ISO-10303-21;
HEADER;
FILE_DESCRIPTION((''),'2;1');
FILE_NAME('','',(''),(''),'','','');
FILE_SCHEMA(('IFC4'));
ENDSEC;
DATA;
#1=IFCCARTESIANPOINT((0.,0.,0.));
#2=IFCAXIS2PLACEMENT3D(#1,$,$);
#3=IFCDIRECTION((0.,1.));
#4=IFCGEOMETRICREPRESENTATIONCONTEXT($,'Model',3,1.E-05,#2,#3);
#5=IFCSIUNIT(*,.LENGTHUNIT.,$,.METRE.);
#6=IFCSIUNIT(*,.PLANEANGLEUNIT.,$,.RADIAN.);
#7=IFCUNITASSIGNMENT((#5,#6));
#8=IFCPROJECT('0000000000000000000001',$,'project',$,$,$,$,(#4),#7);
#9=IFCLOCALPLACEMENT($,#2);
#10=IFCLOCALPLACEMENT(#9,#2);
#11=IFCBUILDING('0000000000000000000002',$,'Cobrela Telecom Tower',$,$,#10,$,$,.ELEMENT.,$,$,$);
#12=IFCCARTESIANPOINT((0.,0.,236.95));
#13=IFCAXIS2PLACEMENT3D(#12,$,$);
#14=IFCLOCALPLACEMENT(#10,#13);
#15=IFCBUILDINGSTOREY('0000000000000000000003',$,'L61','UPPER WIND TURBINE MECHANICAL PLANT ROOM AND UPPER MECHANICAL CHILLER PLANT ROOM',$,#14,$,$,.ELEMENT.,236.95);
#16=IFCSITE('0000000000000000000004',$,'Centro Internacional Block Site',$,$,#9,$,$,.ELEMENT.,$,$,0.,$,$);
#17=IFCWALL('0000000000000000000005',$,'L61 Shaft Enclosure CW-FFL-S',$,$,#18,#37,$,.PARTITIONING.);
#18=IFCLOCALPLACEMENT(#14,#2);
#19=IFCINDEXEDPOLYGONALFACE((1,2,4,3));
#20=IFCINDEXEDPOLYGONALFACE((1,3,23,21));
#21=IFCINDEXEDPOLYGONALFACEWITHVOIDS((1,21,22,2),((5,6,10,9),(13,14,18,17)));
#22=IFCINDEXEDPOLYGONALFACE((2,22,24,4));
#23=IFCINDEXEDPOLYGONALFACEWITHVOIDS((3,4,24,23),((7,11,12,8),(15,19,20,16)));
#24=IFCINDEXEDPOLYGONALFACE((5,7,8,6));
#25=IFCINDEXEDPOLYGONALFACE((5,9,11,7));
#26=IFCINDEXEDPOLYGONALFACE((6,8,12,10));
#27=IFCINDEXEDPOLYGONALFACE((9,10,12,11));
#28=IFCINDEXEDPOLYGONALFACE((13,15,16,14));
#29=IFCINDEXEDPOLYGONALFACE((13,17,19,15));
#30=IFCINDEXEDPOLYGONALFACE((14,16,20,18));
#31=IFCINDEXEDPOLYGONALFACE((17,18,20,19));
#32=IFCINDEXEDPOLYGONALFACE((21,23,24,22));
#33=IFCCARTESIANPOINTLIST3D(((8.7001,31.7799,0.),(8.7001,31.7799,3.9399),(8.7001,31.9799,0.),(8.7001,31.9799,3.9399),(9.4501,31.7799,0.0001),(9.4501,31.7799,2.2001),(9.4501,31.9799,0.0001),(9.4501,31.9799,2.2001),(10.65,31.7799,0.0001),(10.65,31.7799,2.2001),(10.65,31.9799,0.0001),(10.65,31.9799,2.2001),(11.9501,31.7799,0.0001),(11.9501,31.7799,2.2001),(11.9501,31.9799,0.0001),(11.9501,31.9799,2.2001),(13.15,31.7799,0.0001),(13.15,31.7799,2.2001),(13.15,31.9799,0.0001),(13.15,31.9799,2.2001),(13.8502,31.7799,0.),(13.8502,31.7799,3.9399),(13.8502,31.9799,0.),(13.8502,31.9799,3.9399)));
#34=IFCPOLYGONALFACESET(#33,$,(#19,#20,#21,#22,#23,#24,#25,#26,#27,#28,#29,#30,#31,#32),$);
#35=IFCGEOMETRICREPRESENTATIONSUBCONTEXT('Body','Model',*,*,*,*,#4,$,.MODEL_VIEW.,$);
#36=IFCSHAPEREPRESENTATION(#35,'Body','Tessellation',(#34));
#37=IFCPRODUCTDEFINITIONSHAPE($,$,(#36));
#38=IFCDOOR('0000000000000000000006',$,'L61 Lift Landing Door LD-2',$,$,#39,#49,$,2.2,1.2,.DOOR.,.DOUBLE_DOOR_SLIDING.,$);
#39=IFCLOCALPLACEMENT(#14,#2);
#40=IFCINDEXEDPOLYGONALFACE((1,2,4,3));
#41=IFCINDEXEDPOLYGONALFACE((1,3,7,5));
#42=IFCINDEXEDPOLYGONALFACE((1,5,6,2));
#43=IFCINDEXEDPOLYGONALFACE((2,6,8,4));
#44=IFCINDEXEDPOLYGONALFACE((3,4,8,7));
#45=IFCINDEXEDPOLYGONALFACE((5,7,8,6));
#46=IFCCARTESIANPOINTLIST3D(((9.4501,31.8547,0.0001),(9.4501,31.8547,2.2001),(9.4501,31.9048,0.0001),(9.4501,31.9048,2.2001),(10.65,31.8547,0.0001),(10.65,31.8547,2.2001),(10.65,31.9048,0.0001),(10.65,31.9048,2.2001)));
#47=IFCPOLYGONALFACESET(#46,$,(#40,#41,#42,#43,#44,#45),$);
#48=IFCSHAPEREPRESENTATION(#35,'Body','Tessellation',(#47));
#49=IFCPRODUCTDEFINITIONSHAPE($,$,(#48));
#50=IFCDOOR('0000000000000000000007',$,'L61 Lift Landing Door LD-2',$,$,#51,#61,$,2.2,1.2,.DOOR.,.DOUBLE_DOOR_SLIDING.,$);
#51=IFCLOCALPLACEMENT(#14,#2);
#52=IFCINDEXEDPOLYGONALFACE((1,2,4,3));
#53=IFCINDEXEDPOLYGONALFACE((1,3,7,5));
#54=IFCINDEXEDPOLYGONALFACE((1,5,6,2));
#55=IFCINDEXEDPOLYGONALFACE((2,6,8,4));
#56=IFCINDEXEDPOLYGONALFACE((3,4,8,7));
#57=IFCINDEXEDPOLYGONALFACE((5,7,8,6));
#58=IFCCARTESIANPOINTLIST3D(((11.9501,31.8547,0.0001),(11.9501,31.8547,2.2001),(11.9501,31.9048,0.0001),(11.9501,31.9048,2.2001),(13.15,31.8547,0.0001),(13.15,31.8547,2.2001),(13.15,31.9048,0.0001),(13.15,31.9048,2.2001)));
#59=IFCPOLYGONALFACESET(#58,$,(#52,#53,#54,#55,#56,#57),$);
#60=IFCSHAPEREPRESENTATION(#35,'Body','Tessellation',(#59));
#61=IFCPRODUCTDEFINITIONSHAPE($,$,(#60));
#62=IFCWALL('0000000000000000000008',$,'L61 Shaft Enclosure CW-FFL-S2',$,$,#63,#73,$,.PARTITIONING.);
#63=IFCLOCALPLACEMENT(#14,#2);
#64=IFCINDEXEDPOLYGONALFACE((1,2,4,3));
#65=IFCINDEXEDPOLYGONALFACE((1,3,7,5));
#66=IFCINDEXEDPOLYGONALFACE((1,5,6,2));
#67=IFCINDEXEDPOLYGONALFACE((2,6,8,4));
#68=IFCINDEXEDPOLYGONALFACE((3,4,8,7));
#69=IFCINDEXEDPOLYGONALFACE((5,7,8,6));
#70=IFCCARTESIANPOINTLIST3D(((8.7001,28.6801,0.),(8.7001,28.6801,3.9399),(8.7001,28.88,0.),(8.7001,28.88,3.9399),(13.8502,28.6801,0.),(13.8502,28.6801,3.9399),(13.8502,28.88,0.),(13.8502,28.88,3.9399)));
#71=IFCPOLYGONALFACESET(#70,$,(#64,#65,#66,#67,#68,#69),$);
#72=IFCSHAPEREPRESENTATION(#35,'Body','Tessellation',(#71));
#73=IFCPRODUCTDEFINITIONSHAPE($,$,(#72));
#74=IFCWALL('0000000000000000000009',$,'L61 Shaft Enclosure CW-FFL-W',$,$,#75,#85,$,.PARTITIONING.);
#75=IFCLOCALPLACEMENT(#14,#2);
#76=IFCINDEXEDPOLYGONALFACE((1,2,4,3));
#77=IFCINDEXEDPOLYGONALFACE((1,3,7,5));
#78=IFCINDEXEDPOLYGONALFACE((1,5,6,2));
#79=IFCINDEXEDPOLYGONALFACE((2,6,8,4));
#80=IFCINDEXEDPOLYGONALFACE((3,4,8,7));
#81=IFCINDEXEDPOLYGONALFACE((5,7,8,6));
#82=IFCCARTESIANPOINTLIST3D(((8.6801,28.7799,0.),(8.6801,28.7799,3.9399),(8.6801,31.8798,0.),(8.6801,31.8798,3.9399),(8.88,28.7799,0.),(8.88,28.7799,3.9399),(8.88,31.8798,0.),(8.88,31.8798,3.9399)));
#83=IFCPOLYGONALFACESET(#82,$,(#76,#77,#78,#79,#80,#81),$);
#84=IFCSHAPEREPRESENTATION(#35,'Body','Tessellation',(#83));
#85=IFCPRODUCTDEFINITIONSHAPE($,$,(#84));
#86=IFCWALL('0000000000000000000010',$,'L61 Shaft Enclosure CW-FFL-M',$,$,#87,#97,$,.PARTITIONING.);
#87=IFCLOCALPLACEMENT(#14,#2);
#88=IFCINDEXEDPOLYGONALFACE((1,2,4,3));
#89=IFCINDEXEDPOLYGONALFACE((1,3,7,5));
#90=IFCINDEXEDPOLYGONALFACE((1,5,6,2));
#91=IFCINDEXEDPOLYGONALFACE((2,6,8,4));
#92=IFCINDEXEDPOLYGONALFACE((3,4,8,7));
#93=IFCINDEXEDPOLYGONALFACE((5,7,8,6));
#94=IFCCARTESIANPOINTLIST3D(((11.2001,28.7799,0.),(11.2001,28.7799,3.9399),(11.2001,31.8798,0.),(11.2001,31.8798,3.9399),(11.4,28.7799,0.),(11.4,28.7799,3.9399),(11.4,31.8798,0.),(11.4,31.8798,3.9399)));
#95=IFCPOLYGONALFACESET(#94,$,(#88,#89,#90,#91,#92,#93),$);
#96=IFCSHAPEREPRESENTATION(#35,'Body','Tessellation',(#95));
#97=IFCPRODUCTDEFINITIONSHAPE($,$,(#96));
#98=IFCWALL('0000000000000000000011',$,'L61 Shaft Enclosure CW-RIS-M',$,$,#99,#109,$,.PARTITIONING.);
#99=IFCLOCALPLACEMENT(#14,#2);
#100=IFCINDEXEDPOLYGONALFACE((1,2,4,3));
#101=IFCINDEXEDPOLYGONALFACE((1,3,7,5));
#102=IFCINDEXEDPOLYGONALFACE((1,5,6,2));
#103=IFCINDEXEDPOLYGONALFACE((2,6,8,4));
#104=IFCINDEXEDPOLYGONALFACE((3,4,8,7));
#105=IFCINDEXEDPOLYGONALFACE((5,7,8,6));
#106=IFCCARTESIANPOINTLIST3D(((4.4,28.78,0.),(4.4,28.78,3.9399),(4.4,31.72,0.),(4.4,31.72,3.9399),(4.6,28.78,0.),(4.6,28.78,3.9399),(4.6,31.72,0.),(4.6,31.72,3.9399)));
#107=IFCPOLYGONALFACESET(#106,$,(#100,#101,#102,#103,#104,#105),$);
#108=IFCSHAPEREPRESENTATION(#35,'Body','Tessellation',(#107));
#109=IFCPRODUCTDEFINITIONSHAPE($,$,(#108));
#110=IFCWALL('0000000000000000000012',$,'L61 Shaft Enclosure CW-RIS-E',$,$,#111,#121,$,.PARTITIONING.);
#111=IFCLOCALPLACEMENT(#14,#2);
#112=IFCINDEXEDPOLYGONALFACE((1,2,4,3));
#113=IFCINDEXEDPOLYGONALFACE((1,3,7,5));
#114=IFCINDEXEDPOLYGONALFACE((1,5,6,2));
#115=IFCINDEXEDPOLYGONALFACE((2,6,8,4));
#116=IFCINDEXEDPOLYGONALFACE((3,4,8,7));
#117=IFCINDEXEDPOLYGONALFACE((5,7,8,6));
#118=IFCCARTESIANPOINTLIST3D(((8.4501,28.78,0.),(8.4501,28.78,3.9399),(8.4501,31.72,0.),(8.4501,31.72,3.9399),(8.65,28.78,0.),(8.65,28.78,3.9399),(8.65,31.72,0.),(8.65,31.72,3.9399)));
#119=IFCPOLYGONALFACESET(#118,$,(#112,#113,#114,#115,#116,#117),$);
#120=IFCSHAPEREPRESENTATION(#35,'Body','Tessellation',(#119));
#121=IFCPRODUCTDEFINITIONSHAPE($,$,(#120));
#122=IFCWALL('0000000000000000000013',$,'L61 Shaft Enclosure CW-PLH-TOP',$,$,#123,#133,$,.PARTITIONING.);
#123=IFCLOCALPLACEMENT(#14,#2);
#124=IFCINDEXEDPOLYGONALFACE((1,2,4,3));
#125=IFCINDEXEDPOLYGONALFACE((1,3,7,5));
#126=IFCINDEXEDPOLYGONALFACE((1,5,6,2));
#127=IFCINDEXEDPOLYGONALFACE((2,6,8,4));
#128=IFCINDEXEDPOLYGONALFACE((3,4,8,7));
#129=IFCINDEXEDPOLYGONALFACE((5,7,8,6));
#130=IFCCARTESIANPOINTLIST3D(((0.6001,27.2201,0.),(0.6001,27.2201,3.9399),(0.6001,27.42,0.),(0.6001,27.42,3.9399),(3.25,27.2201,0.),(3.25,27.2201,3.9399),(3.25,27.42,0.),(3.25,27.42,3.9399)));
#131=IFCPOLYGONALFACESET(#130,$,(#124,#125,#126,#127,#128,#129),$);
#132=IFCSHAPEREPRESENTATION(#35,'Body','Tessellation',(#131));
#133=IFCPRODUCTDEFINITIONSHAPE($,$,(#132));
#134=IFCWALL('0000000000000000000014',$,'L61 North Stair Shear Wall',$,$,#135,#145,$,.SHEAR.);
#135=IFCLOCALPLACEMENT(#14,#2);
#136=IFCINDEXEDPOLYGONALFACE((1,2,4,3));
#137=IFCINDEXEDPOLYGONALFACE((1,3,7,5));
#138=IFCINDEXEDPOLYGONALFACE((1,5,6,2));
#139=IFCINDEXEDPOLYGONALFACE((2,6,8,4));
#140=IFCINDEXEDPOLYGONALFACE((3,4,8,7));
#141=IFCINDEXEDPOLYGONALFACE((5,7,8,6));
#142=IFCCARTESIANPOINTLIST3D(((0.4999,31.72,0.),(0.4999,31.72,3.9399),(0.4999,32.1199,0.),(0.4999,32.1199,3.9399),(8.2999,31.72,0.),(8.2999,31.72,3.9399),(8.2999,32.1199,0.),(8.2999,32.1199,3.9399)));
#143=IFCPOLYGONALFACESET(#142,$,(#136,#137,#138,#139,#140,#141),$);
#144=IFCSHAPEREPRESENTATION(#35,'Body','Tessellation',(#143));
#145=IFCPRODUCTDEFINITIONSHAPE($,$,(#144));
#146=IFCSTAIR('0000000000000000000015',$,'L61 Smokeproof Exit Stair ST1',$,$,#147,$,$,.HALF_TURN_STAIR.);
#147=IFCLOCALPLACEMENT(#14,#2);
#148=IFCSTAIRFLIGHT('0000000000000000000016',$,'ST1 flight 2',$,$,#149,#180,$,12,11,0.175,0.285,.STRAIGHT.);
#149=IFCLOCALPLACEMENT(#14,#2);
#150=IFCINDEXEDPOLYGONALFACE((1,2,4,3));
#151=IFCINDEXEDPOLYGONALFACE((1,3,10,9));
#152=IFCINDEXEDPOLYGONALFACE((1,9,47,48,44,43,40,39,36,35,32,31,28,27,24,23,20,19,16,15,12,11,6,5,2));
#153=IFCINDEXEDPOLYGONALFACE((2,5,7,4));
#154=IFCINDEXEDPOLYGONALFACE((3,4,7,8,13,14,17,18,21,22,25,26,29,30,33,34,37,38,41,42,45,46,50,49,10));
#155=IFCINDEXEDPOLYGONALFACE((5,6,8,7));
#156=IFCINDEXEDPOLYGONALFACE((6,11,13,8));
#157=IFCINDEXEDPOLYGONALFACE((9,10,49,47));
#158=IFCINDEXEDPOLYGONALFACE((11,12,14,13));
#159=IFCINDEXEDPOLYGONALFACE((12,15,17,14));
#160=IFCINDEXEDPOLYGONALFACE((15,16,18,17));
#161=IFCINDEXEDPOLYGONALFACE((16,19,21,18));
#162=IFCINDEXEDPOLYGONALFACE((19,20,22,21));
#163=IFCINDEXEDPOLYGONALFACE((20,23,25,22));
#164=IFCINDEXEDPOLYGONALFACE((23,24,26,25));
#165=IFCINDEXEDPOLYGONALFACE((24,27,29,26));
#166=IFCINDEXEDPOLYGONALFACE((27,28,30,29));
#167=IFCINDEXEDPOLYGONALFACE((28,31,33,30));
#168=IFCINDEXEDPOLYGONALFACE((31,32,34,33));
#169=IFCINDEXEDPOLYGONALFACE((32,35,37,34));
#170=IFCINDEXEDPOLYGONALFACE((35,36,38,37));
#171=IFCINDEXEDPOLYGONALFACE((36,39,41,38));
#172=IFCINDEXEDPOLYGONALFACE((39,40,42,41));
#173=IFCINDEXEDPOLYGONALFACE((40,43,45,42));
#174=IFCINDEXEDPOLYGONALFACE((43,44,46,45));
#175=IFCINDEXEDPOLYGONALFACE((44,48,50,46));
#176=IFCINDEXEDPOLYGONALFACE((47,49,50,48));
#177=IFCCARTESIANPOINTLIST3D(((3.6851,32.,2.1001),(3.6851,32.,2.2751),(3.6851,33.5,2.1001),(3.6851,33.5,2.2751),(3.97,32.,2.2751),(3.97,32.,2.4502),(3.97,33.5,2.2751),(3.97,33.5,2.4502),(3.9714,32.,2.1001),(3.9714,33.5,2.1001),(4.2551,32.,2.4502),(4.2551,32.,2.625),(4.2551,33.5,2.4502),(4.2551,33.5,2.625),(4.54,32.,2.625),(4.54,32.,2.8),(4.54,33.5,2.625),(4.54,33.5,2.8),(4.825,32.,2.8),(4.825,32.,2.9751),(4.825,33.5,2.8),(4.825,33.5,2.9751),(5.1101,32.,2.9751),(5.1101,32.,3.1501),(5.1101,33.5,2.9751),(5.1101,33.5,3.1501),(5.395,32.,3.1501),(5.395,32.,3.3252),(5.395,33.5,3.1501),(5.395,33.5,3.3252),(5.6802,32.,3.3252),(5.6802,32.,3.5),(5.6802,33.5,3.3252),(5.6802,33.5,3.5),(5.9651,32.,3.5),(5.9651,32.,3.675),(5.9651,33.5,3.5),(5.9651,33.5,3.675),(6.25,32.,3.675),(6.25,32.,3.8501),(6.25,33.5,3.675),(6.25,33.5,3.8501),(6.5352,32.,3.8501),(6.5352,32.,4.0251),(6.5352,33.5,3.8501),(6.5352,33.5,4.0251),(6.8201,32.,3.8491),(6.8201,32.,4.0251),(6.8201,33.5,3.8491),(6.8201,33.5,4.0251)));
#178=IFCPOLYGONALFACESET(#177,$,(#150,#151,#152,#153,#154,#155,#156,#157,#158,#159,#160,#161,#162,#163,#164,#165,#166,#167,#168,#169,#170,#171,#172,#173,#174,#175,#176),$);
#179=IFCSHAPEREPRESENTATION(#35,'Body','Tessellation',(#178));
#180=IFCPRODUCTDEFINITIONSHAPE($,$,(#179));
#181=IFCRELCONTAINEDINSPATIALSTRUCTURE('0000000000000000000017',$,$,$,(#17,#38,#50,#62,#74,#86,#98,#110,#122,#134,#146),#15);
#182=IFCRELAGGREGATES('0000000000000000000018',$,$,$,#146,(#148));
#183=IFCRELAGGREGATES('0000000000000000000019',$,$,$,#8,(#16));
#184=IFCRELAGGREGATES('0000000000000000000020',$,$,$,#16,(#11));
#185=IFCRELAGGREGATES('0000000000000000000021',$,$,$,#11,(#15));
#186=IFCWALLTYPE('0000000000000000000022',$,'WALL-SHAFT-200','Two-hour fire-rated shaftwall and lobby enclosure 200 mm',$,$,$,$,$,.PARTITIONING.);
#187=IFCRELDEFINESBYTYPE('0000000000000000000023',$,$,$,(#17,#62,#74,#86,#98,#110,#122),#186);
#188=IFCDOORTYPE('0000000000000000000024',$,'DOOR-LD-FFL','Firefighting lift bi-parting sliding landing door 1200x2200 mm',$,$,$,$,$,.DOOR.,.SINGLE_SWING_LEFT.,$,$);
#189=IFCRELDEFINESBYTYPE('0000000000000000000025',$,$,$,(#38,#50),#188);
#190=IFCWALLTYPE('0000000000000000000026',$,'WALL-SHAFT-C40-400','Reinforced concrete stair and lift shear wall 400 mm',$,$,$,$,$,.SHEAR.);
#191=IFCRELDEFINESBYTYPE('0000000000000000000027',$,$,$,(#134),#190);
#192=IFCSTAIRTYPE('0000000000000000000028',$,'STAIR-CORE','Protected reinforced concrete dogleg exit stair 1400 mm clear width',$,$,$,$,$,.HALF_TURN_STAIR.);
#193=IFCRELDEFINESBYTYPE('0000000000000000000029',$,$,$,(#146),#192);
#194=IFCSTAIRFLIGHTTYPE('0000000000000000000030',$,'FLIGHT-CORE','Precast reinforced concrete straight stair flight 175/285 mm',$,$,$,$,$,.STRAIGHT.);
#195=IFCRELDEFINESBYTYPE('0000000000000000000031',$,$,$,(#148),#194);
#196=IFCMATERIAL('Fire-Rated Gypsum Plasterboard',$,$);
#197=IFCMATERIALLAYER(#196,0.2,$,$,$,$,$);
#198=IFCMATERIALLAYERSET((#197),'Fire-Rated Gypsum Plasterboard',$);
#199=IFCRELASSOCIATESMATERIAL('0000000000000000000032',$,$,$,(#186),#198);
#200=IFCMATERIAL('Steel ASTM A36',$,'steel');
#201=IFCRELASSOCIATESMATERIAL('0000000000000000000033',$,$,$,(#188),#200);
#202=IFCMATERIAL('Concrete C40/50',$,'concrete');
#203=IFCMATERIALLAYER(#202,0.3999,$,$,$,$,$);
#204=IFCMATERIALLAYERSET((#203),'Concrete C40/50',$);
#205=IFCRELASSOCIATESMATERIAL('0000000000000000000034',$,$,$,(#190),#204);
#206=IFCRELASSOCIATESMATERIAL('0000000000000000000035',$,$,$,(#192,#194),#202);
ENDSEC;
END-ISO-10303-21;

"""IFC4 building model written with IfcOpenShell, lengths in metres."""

from ifc_helpers import new_model, si_unit, direction, frame, frame_2d, origin, place, context, subcontext, project, spatial, polyline, rectangle, outline, extrude, material, layer, layer_set, type_object, element, fill, aggregate, save


model = new_model("IFC4")

# Units and contexts
model_context = context("Model", 3, precision=1e-05, world=origin(), true_north=direction((0.0, 1.0)))
body_context = subcontext(model_context, "Body", "Model", "MODEL_VIEW")
ifc_project = project(units=[si_unit("LENGTHUNIT", "METRE"), si_unit("PLANEANGLEUNIT", "RADIAN")], contexts=[model_context])

# Site, building, storey
site_placement = place(None, origin())
site = spatial("IfcSite", under=ifc_project, at=site_placement, Name="Centro Internacional Block Site", CompositionType="ELEMENT", RefElevation=0.0)
building_placement = place(site_placement, origin())
building = spatial("IfcBuilding", under=site, at=building_placement, Name="Cobrela Telecom Tower", CompositionType="ELEMENT")
storey_placement = place(building_placement, frame((0.0, 0.0, 236.95)))
storey = spatial("IfcBuildingStorey", under=building, at=storey_placement, Name="L61", Description="UPPER WIND TURBINE MECHANICAL PLANT ROOM AND UPPER MECHANICAL CHILLER PLANT ROOM", CompositionType="ELEMENT", Elevation=236.95)

# Shared definitions
ifc_material_1 = material(Name="Concrete C40/50", Category="concrete")

# Shared definitions
ifc_material_2 = material(Name="Fire-Rated Gypsum Plasterboard")

# Wall, openings, doors
ifc_layer_1 = layer(ifc_material_2, 0.2)
ifc_layer_set_1 = layer_set([ifc_layer_1], Name="Fire-Rated Gypsum Plasterboard")
wall_type_1 = type_object("IfcWallType", Name="WALL-SHAFT-200", Description="Two-hour fire-rated shaftwall and lobby enclosure 200 mm", PredefinedType="PARTITIONING", material=ifc_layer_set_1)
wall_1_placement = place(storey_placement, frame((8.7, 31.8799, 0.0), z_axis=(0.0, 0.0, 1.0), x_axis=(1.0, 0.0, 0.0)))
wall_1 = element("IfcWall", 1, at=wall_1_placement, inside=storey, type_object=wall_type_1, Name="L61 Shaft Enclosure CW-FFL-S", PredefinedType="PARTITIONING", context=body_context, shape_type="SweptSolid", body=[
    extrude(rectangle(XDim=5.1501, YDim=0.2, at=frame_2d((2.5752, 0.0))), origin(), (0.0, 0.0, 1.0), 3.9399),
])
opening_1_placement = place(wall_1_placement, frame((0.75, 0.0, 0.0)))
opening_1 = element("IfcOpeningElement", 2, at=opening_1_placement, cuts=wall_1, PredefinedType="OPENING", context=body_context, shape_type="SweptSolid", body=[
    extrude(rectangle(XDim=1.2, YDim=2.2, at=frame_2d((0.6001, 1.1001))), frame((0.0, 0.1118, 0.0), z_axis=(0.0, -1.0, 0.0), x_axis=(1.0, 0.0, 0.0)), (0.0, 0.0, 1.0), 0.2239),
])
opening_2_placement = place(wall_1_placement, frame((3.25, 0.0, 0.0)))
opening_2 = element("IfcOpeningElement", 3, at=opening_2_placement, cuts=wall_1, PredefinedType="OPENING", context=body_context, shape_type="SweptSolid", body=[
    extrude(rectangle(XDim=1.2, YDim=2.2, at=frame_2d((0.6001, 1.1001))), frame((0.0, 0.1118, 0.0), z_axis=(0.0, -1.0, 0.0), x_axis=(1.0, 0.0, 0.0)), (0.0, 0.0, 1.0), 0.2239),
])
ifc_material_3 = material(Name="Steel ASTM A36", Category="steel")
door_type_1 = type_object("IfcDoorType", Name="DOOR-LD-FFL", Description="Firefighting lift bi-parting sliding landing door 1200x2200 mm", OperationType="SINGLE_SWING_LEFT", PredefinedType="DOOR", material=ifc_material_3)
door_1_placement = place(opening_1_placement, origin())
door_1 = element("IfcDoor", 4, at=door_1_placement, inside=storey, type_object=door_type_1, Name="L61 Lift Landing Door LD-2", OperationType="DOUBLE_DOOR_SLIDING", OverallHeight=2.2, OverallWidth=1.2, PredefinedType="DOOR", context=body_context, shape_type="SweptSolid", body=[
    extrude(rectangle(XDim=1.2, YDim=2.2, at=frame_2d((0.6001, 1.1001))), frame((0.0, 0.0249, 0.0), z_axis=(0.0, -1.0, 0.0), x_axis=(1.0, 0.0, 0.0)), (0.0, 0.0, 1.0), 0.05),
])
fill(opening_1, door_1)
door_2_placement = place(opening_2_placement, origin())
door_2 = element("IfcDoor", 5, at=door_2_placement, inside=storey, type_object=door_type_1, Name="L61 Lift Landing Door LD-2", OperationType="DOUBLE_DOOR_SLIDING", OverallHeight=2.2, OverallWidth=1.2, PredefinedType="DOOR", context=body_context, shape_type="SweptSolid", body=[
    extrude(rectangle(XDim=1.2, YDim=2.2, at=frame_2d((0.6001, 1.1001))), frame((0.0, 0.0249, 0.0), z_axis=(0.0, -1.0, 0.0), x_axis=(1.0, 0.0, 0.0)), (0.0, 0.0, 1.0), 0.05),
])
fill(opening_2, door_2)

# Walls
wall_2_placement = place(storey_placement, frame((8.7, 28.78, 0.0), z_axis=(0.0, 0.0, 1.0), x_axis=(1.0, 0.0, 0.0)))
element("IfcWall", 6, at=wall_2_placement, inside=storey, type_object=wall_type_1, Name="L61 Shaft Enclosure CW-FFL-S2", PredefinedType="PARTITIONING", context=body_context, shape_type="SweptSolid", body=[
    extrude(rectangle(XDim=5.1501, YDim=0.2, at=frame_2d((2.5752, 0.0))), origin(), (0.0, 0.0, 1.0), 3.9399),
])
for number, where, z_axis, x_axis, name in (
    (7, (8.78, 28.78, 0.0), (0.0, 0.0, 1.0), (0.0, 1.0, 0.0), "L61 Shaft Enclosure CW-FFL-W"),
    (8, (11.3, 28.78, 0.0), (0.0, 0.0, 1.0), (0.0, 1.0, 0.0), "L61 Shaft Enclosure CW-FFL-M"),
):
    element("IfcWall", number, at=place(storey_placement, frame(where, z_axis=z_axis, x_axis=x_axis)), inside=storey, type_object=wall_type_1, Name=name, PredefinedType="PARTITIONING", context=body_context, shape_type="SweptSolid", body=[
        extrude(rectangle(XDim=3.0999, YDim=0.2, at=frame_2d((1.5498, 0.0))), origin(), (0.0, 0.0, 1.0), 3.9399),
    ])

# Walls
for number, where, z_axis, x_axis, name in (
    (9, (4.5, 28.78, 0.0), (0.0, 0.0, 1.0), (0.0, 1.0, 0.0), "L61 Shaft Enclosure CW-RIS-M"),
    (10, (8.55, 28.78, 0.0), (0.0, 0.0, 1.0), (0.0, 1.0, 0.0), "L61 Shaft Enclosure CW-RIS-E"),
):
    element("IfcWall", number, at=place(storey_placement, frame(where, z_axis=z_axis, x_axis=x_axis)), inside=storey, type_object=wall_type_1, Name=name, PredefinedType="PARTITIONING", context=body_context, shape_type="SweptSolid", body=[
        extrude(rectangle(XDim=2.9399, YDim=0.2, at=frame_2d((1.47, 0.0))), origin(), (0.0, 0.0, 1.0), 3.9399),
    ])
wall_3_placement = place(storey_placement, frame((0.6001, 27.3201, 0.0), z_axis=(0.0, 0.0, 1.0), x_axis=(1.0, 0.0, 0.0)))
element("IfcWall", 11, at=wall_3_placement, inside=storey, type_object=wall_type_1, Name="L61 Shaft Enclosure CW-PLH-TOP", PredefinedType="PARTITIONING", context=body_context, shape_type="SweptSolid", body=[
    extrude(rectangle(XDim=2.6499, YDim=0.2, at=frame_2d((1.325, 0.0))), origin(), (0.0, 0.0, 1.0), 3.9399),
])

# Wall
ifc_layer_2 = layer(ifc_material_1, 0.3999)
ifc_layer_set_2 = layer_set([ifc_layer_2], Name="Concrete C40/50")
wall_type_2 = type_object("IfcWallType", Name="WALL-SHAFT-C40-400", Description="Reinforced concrete stair and lift shear wall 400 mm", PredefinedType="SHEAR", material=ifc_layer_set_2)
wall_4_placement = place(storey_placement, frame((0.5, 31.9199, 0.0), z_axis=(0.0, 0.0, 1.0), x_axis=(1.0, 0.0, 0.0)))
element("IfcWall", 12, at=wall_4_placement, inside=storey, type_object=wall_type_2, Name="L61 North Stair Shear Wall", PredefinedType="SHEAR", context=body_context, shape_type="SweptSolid", body=[
    extrude(rectangle(XDim=7.8, YDim=0.3999, at=frame_2d((3.8999, 0.0))), origin(), (0.0, 0.0, 1.0), 3.9399),
])

# Stair, stair flight
stair_type = type_object("IfcStairType", Name="STAIR-CORE", Description="Protected reinforced concrete dogleg exit stair 1400 mm clear width", PredefinedType="HALF_TURN_STAIR", material=ifc_material_1)
stair_placement = place(storey_placement, origin())
stair = element("IfcStair", 13, at=stair_placement, inside=storey, type_object=stair_type, Name="L61 Smokeproof Exit Stair ST1", PredefinedType="HALF_TURN_STAIR")
stair_flight_type = type_object("IfcStairFlightType", Name="FLIGHT-CORE", Description="Precast reinforced concrete straight stair flight 175/285 mm", PredefinedType="STRAIGHT", material=ifc_material_1)
stair_flight_placement = place(storey_placement, frame((3.6851, 32.75, 2.1001), z_axis=(0.0, 0.0, 1.0), x_axis=(1.0, 0.0, 0.0)))
stair_flight = element("IfcStairFlight", 14, at=stair_flight_placement, type_object=stair_flight_type, Name="ST1 flight 2", NumberOfRisers=12, NumberOfTreads=11, PredefinedType="STRAIGHT", RiserHeight=0.175, TreadLength=0.285, context=body_context, shape_type="SweptSolid", body=[
    extrude(outline(polyline([(0.0, 0.0), (0.0, 0.175), (0.2849, 0.175), (0.2849, 0.3501), (0.5701, 0.3501), (0.5701, 0.5249), (0.855, 0.5249), (0.855, 0.7), (1.1399, 0.7), (1.1399, 0.875), (1.425, 0.875), (1.425, 1.05), (1.71, 1.05), (1.71, 1.2251), (1.9951, 1.2251), (1.9951, 1.3999), (2.28, 1.3999), (2.28, 1.575), (2.5649, 1.575), (2.5649, 1.75), (2.8501, 1.75), (2.8501, 1.925), (3.135, 1.925), (3.135, 2.1001), (3.135, 1.749), (0.2864, 0.0), (0.0, 0.0)])), frame((0.0, 0.75, 0.0), z_axis=(0.0, -1.0, 0.0), x_axis=(1.0, 0.0, 0.0)), (0.0, 0.0, 1.0), 1.5),
])
aggregate(stair, [stair_flight])

save(model, "model.ifc")
